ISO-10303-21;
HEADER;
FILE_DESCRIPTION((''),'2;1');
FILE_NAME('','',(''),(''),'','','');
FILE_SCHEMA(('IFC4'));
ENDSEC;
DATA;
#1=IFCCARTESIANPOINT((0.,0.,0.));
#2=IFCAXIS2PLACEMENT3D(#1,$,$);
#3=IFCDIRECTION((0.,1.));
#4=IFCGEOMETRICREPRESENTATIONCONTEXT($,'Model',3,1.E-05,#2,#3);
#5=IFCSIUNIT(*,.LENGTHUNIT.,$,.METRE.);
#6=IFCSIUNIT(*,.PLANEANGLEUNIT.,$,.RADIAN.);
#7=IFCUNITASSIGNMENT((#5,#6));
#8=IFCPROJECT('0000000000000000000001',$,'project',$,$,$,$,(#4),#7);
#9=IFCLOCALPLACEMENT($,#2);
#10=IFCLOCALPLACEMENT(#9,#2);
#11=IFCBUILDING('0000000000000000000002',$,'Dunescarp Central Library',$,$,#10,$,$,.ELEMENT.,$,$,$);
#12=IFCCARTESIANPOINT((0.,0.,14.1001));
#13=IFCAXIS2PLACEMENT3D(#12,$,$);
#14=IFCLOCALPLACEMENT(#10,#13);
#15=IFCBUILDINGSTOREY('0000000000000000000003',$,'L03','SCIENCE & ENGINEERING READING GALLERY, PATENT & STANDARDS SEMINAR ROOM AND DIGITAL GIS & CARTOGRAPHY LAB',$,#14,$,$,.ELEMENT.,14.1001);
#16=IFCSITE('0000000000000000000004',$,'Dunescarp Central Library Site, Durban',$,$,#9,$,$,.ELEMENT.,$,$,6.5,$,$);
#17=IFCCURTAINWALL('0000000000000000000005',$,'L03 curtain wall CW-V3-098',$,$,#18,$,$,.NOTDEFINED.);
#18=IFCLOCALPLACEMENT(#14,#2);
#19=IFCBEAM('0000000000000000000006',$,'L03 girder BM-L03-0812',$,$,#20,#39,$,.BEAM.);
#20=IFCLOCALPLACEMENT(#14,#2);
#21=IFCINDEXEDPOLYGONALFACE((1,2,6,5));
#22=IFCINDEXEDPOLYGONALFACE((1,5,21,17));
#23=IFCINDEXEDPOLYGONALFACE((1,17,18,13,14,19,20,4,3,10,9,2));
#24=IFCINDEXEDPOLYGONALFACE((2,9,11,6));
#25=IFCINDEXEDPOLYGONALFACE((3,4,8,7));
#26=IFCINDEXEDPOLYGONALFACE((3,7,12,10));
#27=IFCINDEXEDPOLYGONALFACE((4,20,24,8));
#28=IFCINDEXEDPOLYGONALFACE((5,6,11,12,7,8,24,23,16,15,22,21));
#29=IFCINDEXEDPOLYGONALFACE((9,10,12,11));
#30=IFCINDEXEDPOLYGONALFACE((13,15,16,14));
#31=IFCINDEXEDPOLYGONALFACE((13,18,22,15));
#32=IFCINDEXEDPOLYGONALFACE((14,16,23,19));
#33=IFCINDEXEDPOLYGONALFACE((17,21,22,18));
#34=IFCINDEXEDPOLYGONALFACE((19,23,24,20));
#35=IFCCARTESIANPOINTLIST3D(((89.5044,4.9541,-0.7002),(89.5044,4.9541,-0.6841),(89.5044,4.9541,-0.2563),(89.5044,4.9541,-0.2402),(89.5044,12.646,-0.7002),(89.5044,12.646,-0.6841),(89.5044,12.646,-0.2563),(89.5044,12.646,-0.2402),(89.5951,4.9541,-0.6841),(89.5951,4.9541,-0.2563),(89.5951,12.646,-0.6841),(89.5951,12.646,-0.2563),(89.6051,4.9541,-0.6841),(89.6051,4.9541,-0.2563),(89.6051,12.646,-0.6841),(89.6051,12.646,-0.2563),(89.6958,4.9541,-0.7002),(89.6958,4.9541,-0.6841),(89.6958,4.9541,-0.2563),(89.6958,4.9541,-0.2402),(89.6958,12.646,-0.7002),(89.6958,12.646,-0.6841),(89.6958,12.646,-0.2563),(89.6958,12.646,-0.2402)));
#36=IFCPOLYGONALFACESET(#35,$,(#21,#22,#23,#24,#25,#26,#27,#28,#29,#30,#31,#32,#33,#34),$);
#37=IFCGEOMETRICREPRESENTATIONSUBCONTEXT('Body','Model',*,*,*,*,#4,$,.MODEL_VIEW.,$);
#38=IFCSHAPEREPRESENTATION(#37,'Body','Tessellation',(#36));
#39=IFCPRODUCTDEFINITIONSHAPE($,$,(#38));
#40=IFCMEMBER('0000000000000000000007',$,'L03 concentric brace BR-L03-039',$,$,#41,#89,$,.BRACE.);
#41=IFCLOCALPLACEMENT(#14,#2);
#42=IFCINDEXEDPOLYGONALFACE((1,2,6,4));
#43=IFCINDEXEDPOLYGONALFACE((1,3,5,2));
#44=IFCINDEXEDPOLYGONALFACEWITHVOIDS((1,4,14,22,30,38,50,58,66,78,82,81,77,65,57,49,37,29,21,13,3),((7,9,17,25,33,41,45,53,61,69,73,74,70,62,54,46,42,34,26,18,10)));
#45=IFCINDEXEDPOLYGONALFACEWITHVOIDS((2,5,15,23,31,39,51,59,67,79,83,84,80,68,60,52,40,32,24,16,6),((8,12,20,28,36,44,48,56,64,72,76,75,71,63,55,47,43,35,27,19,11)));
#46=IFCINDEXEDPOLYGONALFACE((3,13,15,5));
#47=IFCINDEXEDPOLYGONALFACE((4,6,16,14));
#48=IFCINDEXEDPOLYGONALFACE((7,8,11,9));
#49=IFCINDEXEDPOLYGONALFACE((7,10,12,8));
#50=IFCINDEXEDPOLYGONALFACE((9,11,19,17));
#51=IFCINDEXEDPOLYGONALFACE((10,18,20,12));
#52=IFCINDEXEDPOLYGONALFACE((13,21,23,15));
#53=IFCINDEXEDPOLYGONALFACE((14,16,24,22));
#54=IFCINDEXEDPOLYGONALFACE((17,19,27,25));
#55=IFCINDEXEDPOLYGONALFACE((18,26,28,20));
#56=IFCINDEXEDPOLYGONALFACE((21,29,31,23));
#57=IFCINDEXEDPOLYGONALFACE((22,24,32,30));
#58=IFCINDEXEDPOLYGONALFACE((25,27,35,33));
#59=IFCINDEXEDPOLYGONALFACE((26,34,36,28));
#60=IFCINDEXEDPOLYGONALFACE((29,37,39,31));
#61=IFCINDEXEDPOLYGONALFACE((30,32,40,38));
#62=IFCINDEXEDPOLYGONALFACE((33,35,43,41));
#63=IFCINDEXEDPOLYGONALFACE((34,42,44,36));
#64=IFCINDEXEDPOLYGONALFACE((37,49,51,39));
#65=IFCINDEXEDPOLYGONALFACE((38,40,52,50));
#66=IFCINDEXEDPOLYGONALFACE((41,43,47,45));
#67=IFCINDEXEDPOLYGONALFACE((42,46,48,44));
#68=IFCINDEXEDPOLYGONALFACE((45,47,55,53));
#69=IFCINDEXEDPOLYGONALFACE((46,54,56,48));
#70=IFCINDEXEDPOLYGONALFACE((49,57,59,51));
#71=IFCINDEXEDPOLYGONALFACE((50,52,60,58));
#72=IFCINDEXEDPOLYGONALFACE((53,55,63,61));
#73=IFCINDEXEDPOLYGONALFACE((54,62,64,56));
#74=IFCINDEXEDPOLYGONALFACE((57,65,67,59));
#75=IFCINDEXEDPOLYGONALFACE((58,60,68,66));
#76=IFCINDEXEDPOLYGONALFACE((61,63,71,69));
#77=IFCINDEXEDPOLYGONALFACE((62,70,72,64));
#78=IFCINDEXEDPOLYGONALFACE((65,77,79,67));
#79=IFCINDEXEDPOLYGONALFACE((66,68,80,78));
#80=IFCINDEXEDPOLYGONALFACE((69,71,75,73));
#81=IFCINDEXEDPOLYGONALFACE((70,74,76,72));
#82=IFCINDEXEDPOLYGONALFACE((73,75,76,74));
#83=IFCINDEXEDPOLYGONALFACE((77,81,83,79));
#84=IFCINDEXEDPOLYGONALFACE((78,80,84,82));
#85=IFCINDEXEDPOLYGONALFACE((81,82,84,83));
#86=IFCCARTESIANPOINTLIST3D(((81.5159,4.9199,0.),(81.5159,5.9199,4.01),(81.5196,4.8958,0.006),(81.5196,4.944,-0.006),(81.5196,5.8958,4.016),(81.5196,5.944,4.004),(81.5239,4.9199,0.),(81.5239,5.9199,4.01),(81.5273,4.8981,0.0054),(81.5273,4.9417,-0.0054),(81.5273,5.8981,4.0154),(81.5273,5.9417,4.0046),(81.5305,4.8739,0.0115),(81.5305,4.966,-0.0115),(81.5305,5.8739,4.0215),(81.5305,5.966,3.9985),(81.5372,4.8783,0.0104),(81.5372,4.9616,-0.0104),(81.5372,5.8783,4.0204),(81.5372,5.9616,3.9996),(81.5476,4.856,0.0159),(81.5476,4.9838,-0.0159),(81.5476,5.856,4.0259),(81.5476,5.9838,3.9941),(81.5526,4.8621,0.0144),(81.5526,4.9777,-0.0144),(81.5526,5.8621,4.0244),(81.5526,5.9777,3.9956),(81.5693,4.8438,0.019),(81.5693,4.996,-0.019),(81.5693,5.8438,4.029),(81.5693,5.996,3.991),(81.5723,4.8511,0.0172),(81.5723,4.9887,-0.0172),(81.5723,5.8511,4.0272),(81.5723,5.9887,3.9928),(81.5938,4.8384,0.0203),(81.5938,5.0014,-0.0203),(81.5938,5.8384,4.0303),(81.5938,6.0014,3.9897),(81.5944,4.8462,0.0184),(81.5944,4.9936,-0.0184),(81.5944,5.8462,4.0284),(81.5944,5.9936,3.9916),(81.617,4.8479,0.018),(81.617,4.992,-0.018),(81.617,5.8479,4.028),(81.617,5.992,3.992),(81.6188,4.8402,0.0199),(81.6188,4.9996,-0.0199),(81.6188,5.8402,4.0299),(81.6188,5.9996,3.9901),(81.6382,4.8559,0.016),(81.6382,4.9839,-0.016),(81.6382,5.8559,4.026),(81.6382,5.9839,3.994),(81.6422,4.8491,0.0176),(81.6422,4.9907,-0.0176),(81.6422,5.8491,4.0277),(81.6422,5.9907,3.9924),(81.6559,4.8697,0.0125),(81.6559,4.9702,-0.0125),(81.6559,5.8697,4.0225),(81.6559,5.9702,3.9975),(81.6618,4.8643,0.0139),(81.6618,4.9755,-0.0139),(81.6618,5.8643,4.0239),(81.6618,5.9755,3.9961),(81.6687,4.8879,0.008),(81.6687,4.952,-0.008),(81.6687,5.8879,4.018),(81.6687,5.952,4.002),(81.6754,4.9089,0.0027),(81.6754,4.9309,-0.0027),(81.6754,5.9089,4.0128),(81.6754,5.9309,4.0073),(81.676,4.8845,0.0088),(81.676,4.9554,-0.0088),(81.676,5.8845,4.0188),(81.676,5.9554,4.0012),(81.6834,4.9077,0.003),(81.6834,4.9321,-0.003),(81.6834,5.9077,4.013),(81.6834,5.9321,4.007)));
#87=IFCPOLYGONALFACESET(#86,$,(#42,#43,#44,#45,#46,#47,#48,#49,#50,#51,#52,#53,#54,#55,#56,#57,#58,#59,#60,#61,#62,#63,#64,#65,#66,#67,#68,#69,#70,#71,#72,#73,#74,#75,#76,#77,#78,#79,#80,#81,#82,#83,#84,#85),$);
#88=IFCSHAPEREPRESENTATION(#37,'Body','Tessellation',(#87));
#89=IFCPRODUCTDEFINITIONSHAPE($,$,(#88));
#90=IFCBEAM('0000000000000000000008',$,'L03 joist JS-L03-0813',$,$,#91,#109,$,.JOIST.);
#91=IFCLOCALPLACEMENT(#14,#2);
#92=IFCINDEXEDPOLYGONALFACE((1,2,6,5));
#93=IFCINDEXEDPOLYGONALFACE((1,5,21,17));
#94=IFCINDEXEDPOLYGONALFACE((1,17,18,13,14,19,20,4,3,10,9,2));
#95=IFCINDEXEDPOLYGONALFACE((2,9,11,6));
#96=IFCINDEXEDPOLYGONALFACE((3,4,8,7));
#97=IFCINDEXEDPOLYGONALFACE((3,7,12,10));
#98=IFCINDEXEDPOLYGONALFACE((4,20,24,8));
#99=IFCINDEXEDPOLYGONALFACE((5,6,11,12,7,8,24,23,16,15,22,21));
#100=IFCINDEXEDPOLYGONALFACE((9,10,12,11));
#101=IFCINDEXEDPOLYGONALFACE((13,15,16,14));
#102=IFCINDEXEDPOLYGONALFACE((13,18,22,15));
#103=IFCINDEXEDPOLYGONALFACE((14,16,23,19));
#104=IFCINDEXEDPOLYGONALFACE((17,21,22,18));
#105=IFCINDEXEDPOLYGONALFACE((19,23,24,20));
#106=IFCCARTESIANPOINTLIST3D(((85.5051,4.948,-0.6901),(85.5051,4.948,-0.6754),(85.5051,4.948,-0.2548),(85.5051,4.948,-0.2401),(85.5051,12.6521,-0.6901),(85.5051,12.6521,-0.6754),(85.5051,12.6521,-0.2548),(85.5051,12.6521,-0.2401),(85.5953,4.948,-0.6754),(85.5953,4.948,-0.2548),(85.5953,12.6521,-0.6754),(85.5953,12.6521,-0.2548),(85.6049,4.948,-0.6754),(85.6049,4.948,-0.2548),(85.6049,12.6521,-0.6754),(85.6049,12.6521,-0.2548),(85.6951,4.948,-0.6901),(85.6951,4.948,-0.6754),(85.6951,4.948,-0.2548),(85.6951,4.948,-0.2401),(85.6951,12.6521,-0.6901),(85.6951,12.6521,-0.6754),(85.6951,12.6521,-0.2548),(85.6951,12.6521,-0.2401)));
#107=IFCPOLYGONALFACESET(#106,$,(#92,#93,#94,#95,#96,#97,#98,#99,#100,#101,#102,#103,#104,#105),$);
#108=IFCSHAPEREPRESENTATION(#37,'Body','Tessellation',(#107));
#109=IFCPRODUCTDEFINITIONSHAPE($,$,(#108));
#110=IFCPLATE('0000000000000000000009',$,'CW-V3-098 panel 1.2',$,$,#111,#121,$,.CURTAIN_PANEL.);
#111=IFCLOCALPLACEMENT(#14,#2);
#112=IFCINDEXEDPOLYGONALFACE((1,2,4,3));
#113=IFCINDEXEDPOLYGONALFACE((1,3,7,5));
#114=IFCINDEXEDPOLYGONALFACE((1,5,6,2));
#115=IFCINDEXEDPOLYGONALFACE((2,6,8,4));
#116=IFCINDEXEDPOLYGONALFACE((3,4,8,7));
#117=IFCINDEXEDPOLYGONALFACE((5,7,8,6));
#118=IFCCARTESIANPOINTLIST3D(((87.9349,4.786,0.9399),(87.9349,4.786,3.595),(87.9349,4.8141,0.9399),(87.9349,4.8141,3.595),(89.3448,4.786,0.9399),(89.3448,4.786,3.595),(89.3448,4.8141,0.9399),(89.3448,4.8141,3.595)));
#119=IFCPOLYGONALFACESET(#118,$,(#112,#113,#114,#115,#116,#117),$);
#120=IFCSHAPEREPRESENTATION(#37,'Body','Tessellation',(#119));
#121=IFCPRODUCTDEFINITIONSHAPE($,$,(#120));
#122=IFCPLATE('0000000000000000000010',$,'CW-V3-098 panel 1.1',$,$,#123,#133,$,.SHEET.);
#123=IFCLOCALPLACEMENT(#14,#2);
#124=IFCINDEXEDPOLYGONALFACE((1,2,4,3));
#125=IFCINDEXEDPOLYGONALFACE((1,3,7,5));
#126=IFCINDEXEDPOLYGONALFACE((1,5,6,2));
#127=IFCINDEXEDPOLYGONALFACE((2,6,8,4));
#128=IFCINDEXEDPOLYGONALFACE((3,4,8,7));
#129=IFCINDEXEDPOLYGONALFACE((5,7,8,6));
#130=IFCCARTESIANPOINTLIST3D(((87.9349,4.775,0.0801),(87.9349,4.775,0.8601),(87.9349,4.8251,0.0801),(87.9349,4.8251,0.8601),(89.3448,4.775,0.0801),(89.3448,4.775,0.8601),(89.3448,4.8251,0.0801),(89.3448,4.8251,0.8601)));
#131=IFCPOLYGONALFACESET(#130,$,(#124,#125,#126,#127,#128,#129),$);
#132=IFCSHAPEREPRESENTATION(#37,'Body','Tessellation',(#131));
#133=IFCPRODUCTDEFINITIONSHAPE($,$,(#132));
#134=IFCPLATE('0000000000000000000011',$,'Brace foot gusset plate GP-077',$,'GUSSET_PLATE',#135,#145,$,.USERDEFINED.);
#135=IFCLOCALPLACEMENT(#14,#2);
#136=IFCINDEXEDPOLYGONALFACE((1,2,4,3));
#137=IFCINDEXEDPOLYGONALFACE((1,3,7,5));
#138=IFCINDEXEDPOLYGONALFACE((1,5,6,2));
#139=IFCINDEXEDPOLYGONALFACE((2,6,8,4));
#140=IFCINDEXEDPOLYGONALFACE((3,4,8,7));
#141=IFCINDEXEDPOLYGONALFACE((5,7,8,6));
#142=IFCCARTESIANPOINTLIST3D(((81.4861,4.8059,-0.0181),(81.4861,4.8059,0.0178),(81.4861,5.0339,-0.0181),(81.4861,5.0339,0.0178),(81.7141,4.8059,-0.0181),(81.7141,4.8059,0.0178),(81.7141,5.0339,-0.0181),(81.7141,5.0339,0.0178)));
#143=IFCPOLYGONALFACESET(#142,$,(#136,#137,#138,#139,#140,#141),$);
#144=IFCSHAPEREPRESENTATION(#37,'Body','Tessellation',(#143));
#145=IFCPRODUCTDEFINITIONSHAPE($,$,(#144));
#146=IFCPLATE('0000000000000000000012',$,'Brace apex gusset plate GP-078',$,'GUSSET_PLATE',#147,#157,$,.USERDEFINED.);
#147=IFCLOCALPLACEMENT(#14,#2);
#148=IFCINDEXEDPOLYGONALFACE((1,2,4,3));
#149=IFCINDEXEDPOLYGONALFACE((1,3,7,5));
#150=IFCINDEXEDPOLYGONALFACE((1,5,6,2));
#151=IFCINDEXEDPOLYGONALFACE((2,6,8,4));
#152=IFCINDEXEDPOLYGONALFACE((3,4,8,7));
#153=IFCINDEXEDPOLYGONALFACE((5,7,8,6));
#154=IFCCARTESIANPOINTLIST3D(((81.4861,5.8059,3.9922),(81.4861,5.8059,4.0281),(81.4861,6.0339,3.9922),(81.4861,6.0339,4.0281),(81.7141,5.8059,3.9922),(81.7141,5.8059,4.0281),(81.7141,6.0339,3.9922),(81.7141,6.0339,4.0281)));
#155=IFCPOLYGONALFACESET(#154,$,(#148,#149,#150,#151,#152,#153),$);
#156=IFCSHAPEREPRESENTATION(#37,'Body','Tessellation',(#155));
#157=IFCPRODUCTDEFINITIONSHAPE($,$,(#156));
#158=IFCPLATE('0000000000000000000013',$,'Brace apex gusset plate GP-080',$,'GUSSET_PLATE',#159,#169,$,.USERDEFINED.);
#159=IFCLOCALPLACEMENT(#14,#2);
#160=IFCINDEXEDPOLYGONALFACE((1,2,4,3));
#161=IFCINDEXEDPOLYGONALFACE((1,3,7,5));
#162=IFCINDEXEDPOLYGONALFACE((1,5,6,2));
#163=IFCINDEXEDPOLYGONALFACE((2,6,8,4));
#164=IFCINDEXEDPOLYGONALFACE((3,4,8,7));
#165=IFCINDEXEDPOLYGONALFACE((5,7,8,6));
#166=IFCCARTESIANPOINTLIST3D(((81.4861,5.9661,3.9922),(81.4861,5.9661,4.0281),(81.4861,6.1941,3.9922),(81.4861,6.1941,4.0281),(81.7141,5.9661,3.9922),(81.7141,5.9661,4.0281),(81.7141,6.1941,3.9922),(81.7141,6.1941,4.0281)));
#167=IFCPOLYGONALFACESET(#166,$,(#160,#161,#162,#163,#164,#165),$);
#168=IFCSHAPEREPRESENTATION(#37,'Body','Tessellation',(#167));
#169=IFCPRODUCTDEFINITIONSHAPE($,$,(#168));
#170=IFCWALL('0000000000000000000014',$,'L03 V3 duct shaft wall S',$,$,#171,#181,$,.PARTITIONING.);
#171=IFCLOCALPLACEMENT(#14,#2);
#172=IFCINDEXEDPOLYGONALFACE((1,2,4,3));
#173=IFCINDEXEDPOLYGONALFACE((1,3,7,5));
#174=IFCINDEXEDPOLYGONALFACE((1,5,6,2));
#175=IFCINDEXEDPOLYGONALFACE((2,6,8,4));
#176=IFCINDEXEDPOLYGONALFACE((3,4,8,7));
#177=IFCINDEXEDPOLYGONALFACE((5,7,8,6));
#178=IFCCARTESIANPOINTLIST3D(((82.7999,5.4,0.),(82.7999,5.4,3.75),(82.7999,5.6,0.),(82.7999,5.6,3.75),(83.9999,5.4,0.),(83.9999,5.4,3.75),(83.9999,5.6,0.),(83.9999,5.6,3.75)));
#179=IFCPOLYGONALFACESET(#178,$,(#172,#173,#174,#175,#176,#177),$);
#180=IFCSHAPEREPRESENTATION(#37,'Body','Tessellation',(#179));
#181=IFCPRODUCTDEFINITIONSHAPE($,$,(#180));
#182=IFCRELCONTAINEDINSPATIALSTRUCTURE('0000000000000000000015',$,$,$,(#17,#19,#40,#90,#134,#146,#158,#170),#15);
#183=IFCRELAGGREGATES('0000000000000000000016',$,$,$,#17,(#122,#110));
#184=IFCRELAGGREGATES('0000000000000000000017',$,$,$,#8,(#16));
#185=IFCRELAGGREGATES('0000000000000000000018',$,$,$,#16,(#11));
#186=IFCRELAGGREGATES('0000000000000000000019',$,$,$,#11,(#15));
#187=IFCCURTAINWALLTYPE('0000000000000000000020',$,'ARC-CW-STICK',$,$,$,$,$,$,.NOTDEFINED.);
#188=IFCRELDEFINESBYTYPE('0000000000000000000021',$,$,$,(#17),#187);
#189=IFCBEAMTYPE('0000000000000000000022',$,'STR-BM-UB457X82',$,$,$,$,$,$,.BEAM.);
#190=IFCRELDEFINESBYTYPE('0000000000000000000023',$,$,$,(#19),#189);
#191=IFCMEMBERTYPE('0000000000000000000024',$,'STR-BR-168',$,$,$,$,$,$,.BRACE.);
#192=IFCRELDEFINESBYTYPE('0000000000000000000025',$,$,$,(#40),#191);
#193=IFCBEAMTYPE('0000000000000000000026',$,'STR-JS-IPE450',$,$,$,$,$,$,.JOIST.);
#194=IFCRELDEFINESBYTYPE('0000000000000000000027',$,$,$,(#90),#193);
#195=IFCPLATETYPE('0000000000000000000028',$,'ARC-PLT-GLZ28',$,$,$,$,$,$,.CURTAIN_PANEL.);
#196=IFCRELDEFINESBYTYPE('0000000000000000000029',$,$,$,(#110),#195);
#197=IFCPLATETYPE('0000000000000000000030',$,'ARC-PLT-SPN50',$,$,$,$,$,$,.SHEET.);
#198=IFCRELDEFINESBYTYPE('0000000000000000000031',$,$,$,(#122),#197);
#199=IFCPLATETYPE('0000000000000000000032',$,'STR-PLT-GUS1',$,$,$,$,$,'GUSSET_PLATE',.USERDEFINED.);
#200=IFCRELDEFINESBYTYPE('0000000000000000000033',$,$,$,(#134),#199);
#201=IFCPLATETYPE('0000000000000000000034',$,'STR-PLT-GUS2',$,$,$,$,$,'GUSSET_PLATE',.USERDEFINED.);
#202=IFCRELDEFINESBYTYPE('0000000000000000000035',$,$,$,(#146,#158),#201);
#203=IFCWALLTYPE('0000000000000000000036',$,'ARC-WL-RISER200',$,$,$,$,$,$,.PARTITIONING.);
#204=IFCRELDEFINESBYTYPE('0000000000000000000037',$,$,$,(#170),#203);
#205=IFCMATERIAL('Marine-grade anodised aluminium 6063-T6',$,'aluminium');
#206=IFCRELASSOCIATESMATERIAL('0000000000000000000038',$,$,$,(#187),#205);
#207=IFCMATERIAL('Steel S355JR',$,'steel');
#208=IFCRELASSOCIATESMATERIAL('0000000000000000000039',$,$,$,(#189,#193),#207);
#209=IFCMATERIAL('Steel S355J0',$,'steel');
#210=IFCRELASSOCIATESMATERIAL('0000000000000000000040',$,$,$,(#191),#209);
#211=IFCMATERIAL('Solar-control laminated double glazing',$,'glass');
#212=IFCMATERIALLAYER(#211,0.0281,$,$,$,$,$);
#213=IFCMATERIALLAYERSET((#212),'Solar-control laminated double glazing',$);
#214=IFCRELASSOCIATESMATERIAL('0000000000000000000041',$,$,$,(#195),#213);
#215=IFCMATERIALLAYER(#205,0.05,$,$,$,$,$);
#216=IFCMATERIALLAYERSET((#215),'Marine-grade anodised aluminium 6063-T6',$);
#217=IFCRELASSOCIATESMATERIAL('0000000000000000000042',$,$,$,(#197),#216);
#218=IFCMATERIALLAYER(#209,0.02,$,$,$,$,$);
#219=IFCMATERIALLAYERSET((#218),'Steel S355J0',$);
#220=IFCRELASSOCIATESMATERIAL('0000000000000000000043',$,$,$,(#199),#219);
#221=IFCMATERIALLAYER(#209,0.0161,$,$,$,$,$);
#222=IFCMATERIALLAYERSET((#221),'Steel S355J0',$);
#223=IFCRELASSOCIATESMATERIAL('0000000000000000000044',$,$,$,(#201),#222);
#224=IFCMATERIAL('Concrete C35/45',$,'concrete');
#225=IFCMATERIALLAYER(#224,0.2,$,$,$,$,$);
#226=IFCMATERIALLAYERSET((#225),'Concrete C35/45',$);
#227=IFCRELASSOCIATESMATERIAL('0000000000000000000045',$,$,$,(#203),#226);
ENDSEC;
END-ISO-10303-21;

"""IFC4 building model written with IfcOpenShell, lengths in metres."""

from ifc_helpers import new_model, si_unit, direction, frame, frame_2d, origin, origin_2d, place, context, subcontext, project, spatial, rectangle, hollow_circle, i_section, extrude, material, layer, layer_set, material_profile, profile_set, type_object, element, aggregate, save


model = new_model("IFC4")

# Units and contexts
model_context = context("Model", 3, precision=1e-05, world=origin(), true_north=direction((0.0, 1.0)))
body_context = subcontext(model_context, "Body", "Model", "MODEL_VIEW")
ifc_project = project(units=[si_unit("LENGTHUNIT", "METRE"), si_unit("PLANEANGLEUNIT", "RADIAN")], contexts=[model_context])

# Site, building, storey
site_placement = place(None, origin())
site = spatial("IfcSite", under=ifc_project, at=site_placement, Name="Dunescarp Central Library Site, Durban", CompositionType="ELEMENT", RefElevation=6.5)
building_placement = place(site_placement, origin())
building = spatial("IfcBuilding", under=site, at=building_placement, Name="Dunescarp Central Library", CompositionType="ELEMENT")
storey_placement = place(building_placement, frame((0.0, 0.0, 14.1001)))
storey = spatial("IfcBuildingStorey", under=building, at=storey_placement, Name="L03", Description="SCIENCE & ENGINEERING READING GALLERY, PATENT & STANDARDS SEMINAR ROOM AND DIGITAL GIS & CARTOGRAPHY LAB", CompositionType="ELEMENT", Elevation=14.1001)

# Shared definitions
ifc_material_1 = material(Name="Steel S355JR", Category="steel")

# Curtain wall
ifc_material_2 = material(Name="Marine-grade anodised aluminium 6063-T6", Category="aluminium")
curtain_wall_type = type_object("IfcCurtainWallType", Name="ARC-CW-STICK", PredefinedType="NOTDEFINED", material=ifc_material_2)
curtain_wall_1_placement = place(storey_placement, origin())
curtain_wall_1 = element("IfcCurtainWall", 1, at=curtain_wall_1_placement, inside=storey, type_object=curtain_wall_type, Name="L03 curtain wall CW-V3-098", PredefinedType="NOTDEFINED")

# Beam
ifc_material_profile_1 = material_profile(ifc_material_1, i_section(OverallWidth=0.1914, OverallDepth=0.46, WebThickness=0.01, FlangeThickness=0.0161, at=origin_2d()), Name="UB 457x191x82")
ifc_profile_set_1 = profile_set([ifc_material_profile_1], Name="Steel S355JR")
beam_type_1 = type_object("IfcBeamType", Name="STR-BM-UB457X82", PredefinedType="BEAM", material=ifc_profile_set_1)
for number, where, z_axis, x_axis, name in (
    (2, (89.6001, 4.9541, -0.4702), (0.0, 1.0, 0.0), (-1.0, 0.0, 0.0), "L03 girder BM-L03-0812"),
):
    element("IfcBeam", number, at=place(storey_placement, frame(where, z_axis=z_axis, x_axis=x_axis)), inside=storey, type_object=beam_type_1, Name=name, PredefinedType="BEAM", context=body_context, shape_type="SweptSolid", body=[
        extrude(i_section(OverallWidth=0.1914, OverallDepth=0.46, WebThickness=0.01, FlangeThickness=0.0161, at=origin_2d()), origin(), (0.0, 0.0, 1.0), 7.6919),
    ])

# Member
ifc_material_3 = material(Name="Steel S355J0", Category="steel")
ifc_material_profile_2 = material_profile(ifc_material_3, hollow_circle(Radius=0.0842, WallThickness=0.0081, at=origin_2d()), Name="CHS 168.3x8")
ifc_profile_set_2 = profile_set([ifc_material_profile_2], Name="Steel S355J0")
member_type_1 = type_object("IfcMemberType", Name="STR-BR-168", PredefinedType="BRACE", material=ifc_profile_set_2)
member_1_placement = place(storey_placement, frame((81.6001, 4.9199, 0.0), z_axis=(0.0, 0.241966, 0.970285), x_axis=(-1.0, 0.0, 0.0)))
element("IfcMember", 3, at=member_1_placement, inside=storey, type_object=member_type_1, Name="L03 concentric brace BR-L03-039", PredefinedType="BRACE", context=body_context, shape_type="SweptSolid", body=[
    extrude(hollow_circle(Radius=0.0842, WallThickness=0.0081, at=origin_2d()), origin(), (0.0, 0.0, 1.0), 4.1328),
])

# Beam
ifc_material_profile_3 = material_profile(ifc_material_1, i_section(OverallWidth=0.1899, OverallDepth=0.45, WebThickness=0.0095, FlangeThickness=0.0146, at=origin_2d()), Name="IPE 450")
ifc_profile_set_3 = profile_set([ifc_material_profile_3], Name="Steel S355JR")
beam_type_2 = type_object("IfcBeamType", Name="STR-JS-IPE450", PredefinedType="JOIST", material=ifc_profile_set_3)
beam_1_placement = place(storey_placement, frame((85.6001, 4.948, -0.4651), z_axis=(0.0, 1.0, 0.0), x_axis=(-1.0, 0.0, 0.0)))
element("IfcBeam", 4, at=beam_1_placement, inside=storey, type_object=beam_type_2, Name="L03 joist JS-L03-0813", PredefinedType="JOIST", context=body_context, shape_type="SweptSolid", body=[
    extrude(i_section(OverallWidth=0.1899, OverallDepth=0.45, WebThickness=0.0095, FlangeThickness=0.0146, at=origin_2d()), origin(), (0.0, 0.0, 1.0), 7.7041),
])

# Plates
ifc_material_4 = material(Name="Solar-control laminated double glazing", Category="glass")
ifc_layer_1 = layer(ifc_material_4, 0.0281)
ifc_layer_set_1 = layer_set([ifc_layer_1], Name="Solar-control laminated double glazing")
plate_type_1 = type_object("IfcPlateType", Name="ARC-PLT-GLZ28", PredefinedType="CURTAIN_PANEL", material=ifc_layer_set_1)
plate_1_placement = place(storey_placement, frame((88.6399, 4.8, 0.9399), z_axis=(0.0, 0.0, 1.0), x_axis=(-1.0, 0.0, 0.0)))
plate_1 = element("IfcPlate", 5, at=plate_1_placement, type_object=plate_type_1, Name="CW-V3-098 panel 1.2", PredefinedType="CURTAIN_PANEL", context=body_context, shape_type="SweptSolid", body=[
    extrude(rectangle(XDim=1.4099, YDim=0.0281, at=origin_2d()), origin(), (0.0, 0.0, 1.0), 2.655),
])
ifc_layer_2 = layer(ifc_material_2, 0.05)
ifc_layer_set_2 = layer_set([ifc_layer_2], Name="Marine-grade anodised aluminium 6063-T6")
plate_type_2 = type_object("IfcPlateType", Name="ARC-PLT-SPN50", PredefinedType="SHEET", material=ifc_layer_set_2)
plate_2_placement = place(storey_placement, frame((88.6399, 4.8, 0.0801), z_axis=(0.0, 0.0, 1.0), x_axis=(-1.0, 0.0, 0.0)))
plate_2 = element("IfcPlate", 6, at=plate_2_placement, type_object=plate_type_2, Name="CW-V3-098 panel 1.1", PredefinedType="SHEET", context=body_context, shape_type="SweptSolid", body=[
    extrude(rectangle(XDim=1.4099, YDim=0.05, at=origin_2d()), origin(), (0.0, 0.0, 1.0), 0.78),
])
aggregate(curtain_wall_1, [plate_2, plate_1])

# Plates
ifc_layer_3 = layer(ifc_material_3, 0.02)
ifc_layer_set_3 = layer_set([ifc_layer_3], Name="Steel S355J0")
plate_type_3 = type_object("IfcPlateType", Name="STR-PLT-GUS1", ElementType="GUSSET_PLATE", PredefinedType="USERDEFINED", material=ifc_layer_set_3)
plate_3_placement = place(storey_placement, frame((81.6001, 4.9199, -0.0181), z_axis=(0.0, 0.0, 1.0), x_axis=(1.0, 0.0, 0.0)))
element("IfcPlate", 7, at=plate_3_placement, inside=storey, type_object=plate_type_3, Name="Brace foot gusset plate GP-077", ObjectType="GUSSET_PLATE", PredefinedType="USERDEFINED", context=body_context, shape_type="SweptSolid", body=[
    extrude(rectangle(XDim=0.228, YDim=0.228, at=origin_2d()), origin(), (0.0, 0.0, 1.0), 0.0359),
])
ifc_layer_4 = layer(ifc_material_3, 0.0161)
ifc_layer_set_4 = layer_set([ifc_layer_4], Name="Steel S355J0")
plate_type_4 = type_object("IfcPlateType", Name="STR-PLT-GUS2", ElementType="GUSSET_PLATE", PredefinedType="USERDEFINED", material=ifc_layer_set_4)
for number, where, z_axis, x_axis, name in (
    (8, (81.6001, 5.9199, 3.9922), (0.0, 0.0, 1.0), (1.0, 0.0, 0.0), "Brace apex gusset plate GP-078"),
    (9, (81.6001, 6.0801, 3.9922), (0.0, 0.0, 1.0), (1.0, 0.0, 0.0), "Brace apex gusset plate GP-080"),
):
    element("IfcPlate", number, at=place(storey_placement, frame(where, z_axis=z_axis, x_axis=x_axis)), inside=storey, type_object=plate_type_4, Name=name, ObjectType="GUSSET_PLATE", PredefinedType="USERDEFINED", context=body_context, shape_type="SweptSolid", body=[
        extrude(rectangle(XDim=0.228, YDim=0.228, at=origin_2d()), origin(), (0.0, 0.0, 1.0), 0.0359),
    ])

# Wall
ifc_material_5 = material(Name="Concrete C35/45", Category="concrete")
ifc_layer_5 = layer(ifc_material_5, 0.2)
ifc_layer_set_5 = layer_set([ifc_layer_5], Name="Concrete C35/45")
wall_type = type_object("IfcWallType", Name="ARC-WL-RISER200", PredefinedType="PARTITIONING", material=ifc_layer_set_5)
wall_1_placement = place(storey_placement, frame((84.0, 5.5, 0.0), z_axis=(0.0, 0.0, 1.0), x_axis=(-1.0, 0.0, 0.0)))
element("IfcWall", 10, at=wall_1_placement, inside=storey, type_object=wall_type, Name="L03 V3 duct shaft wall S", PredefinedType="PARTITIONING", context=body_context, shape_type="SweptSolid", body=[
    extrude(rectangle(XDim=1.2, YDim=0.2, at=frame_2d((0.6001, 0.0))), origin(), (0.0, 0.0, 1.0), 3.75),
])

save(model, "model.ifc")
